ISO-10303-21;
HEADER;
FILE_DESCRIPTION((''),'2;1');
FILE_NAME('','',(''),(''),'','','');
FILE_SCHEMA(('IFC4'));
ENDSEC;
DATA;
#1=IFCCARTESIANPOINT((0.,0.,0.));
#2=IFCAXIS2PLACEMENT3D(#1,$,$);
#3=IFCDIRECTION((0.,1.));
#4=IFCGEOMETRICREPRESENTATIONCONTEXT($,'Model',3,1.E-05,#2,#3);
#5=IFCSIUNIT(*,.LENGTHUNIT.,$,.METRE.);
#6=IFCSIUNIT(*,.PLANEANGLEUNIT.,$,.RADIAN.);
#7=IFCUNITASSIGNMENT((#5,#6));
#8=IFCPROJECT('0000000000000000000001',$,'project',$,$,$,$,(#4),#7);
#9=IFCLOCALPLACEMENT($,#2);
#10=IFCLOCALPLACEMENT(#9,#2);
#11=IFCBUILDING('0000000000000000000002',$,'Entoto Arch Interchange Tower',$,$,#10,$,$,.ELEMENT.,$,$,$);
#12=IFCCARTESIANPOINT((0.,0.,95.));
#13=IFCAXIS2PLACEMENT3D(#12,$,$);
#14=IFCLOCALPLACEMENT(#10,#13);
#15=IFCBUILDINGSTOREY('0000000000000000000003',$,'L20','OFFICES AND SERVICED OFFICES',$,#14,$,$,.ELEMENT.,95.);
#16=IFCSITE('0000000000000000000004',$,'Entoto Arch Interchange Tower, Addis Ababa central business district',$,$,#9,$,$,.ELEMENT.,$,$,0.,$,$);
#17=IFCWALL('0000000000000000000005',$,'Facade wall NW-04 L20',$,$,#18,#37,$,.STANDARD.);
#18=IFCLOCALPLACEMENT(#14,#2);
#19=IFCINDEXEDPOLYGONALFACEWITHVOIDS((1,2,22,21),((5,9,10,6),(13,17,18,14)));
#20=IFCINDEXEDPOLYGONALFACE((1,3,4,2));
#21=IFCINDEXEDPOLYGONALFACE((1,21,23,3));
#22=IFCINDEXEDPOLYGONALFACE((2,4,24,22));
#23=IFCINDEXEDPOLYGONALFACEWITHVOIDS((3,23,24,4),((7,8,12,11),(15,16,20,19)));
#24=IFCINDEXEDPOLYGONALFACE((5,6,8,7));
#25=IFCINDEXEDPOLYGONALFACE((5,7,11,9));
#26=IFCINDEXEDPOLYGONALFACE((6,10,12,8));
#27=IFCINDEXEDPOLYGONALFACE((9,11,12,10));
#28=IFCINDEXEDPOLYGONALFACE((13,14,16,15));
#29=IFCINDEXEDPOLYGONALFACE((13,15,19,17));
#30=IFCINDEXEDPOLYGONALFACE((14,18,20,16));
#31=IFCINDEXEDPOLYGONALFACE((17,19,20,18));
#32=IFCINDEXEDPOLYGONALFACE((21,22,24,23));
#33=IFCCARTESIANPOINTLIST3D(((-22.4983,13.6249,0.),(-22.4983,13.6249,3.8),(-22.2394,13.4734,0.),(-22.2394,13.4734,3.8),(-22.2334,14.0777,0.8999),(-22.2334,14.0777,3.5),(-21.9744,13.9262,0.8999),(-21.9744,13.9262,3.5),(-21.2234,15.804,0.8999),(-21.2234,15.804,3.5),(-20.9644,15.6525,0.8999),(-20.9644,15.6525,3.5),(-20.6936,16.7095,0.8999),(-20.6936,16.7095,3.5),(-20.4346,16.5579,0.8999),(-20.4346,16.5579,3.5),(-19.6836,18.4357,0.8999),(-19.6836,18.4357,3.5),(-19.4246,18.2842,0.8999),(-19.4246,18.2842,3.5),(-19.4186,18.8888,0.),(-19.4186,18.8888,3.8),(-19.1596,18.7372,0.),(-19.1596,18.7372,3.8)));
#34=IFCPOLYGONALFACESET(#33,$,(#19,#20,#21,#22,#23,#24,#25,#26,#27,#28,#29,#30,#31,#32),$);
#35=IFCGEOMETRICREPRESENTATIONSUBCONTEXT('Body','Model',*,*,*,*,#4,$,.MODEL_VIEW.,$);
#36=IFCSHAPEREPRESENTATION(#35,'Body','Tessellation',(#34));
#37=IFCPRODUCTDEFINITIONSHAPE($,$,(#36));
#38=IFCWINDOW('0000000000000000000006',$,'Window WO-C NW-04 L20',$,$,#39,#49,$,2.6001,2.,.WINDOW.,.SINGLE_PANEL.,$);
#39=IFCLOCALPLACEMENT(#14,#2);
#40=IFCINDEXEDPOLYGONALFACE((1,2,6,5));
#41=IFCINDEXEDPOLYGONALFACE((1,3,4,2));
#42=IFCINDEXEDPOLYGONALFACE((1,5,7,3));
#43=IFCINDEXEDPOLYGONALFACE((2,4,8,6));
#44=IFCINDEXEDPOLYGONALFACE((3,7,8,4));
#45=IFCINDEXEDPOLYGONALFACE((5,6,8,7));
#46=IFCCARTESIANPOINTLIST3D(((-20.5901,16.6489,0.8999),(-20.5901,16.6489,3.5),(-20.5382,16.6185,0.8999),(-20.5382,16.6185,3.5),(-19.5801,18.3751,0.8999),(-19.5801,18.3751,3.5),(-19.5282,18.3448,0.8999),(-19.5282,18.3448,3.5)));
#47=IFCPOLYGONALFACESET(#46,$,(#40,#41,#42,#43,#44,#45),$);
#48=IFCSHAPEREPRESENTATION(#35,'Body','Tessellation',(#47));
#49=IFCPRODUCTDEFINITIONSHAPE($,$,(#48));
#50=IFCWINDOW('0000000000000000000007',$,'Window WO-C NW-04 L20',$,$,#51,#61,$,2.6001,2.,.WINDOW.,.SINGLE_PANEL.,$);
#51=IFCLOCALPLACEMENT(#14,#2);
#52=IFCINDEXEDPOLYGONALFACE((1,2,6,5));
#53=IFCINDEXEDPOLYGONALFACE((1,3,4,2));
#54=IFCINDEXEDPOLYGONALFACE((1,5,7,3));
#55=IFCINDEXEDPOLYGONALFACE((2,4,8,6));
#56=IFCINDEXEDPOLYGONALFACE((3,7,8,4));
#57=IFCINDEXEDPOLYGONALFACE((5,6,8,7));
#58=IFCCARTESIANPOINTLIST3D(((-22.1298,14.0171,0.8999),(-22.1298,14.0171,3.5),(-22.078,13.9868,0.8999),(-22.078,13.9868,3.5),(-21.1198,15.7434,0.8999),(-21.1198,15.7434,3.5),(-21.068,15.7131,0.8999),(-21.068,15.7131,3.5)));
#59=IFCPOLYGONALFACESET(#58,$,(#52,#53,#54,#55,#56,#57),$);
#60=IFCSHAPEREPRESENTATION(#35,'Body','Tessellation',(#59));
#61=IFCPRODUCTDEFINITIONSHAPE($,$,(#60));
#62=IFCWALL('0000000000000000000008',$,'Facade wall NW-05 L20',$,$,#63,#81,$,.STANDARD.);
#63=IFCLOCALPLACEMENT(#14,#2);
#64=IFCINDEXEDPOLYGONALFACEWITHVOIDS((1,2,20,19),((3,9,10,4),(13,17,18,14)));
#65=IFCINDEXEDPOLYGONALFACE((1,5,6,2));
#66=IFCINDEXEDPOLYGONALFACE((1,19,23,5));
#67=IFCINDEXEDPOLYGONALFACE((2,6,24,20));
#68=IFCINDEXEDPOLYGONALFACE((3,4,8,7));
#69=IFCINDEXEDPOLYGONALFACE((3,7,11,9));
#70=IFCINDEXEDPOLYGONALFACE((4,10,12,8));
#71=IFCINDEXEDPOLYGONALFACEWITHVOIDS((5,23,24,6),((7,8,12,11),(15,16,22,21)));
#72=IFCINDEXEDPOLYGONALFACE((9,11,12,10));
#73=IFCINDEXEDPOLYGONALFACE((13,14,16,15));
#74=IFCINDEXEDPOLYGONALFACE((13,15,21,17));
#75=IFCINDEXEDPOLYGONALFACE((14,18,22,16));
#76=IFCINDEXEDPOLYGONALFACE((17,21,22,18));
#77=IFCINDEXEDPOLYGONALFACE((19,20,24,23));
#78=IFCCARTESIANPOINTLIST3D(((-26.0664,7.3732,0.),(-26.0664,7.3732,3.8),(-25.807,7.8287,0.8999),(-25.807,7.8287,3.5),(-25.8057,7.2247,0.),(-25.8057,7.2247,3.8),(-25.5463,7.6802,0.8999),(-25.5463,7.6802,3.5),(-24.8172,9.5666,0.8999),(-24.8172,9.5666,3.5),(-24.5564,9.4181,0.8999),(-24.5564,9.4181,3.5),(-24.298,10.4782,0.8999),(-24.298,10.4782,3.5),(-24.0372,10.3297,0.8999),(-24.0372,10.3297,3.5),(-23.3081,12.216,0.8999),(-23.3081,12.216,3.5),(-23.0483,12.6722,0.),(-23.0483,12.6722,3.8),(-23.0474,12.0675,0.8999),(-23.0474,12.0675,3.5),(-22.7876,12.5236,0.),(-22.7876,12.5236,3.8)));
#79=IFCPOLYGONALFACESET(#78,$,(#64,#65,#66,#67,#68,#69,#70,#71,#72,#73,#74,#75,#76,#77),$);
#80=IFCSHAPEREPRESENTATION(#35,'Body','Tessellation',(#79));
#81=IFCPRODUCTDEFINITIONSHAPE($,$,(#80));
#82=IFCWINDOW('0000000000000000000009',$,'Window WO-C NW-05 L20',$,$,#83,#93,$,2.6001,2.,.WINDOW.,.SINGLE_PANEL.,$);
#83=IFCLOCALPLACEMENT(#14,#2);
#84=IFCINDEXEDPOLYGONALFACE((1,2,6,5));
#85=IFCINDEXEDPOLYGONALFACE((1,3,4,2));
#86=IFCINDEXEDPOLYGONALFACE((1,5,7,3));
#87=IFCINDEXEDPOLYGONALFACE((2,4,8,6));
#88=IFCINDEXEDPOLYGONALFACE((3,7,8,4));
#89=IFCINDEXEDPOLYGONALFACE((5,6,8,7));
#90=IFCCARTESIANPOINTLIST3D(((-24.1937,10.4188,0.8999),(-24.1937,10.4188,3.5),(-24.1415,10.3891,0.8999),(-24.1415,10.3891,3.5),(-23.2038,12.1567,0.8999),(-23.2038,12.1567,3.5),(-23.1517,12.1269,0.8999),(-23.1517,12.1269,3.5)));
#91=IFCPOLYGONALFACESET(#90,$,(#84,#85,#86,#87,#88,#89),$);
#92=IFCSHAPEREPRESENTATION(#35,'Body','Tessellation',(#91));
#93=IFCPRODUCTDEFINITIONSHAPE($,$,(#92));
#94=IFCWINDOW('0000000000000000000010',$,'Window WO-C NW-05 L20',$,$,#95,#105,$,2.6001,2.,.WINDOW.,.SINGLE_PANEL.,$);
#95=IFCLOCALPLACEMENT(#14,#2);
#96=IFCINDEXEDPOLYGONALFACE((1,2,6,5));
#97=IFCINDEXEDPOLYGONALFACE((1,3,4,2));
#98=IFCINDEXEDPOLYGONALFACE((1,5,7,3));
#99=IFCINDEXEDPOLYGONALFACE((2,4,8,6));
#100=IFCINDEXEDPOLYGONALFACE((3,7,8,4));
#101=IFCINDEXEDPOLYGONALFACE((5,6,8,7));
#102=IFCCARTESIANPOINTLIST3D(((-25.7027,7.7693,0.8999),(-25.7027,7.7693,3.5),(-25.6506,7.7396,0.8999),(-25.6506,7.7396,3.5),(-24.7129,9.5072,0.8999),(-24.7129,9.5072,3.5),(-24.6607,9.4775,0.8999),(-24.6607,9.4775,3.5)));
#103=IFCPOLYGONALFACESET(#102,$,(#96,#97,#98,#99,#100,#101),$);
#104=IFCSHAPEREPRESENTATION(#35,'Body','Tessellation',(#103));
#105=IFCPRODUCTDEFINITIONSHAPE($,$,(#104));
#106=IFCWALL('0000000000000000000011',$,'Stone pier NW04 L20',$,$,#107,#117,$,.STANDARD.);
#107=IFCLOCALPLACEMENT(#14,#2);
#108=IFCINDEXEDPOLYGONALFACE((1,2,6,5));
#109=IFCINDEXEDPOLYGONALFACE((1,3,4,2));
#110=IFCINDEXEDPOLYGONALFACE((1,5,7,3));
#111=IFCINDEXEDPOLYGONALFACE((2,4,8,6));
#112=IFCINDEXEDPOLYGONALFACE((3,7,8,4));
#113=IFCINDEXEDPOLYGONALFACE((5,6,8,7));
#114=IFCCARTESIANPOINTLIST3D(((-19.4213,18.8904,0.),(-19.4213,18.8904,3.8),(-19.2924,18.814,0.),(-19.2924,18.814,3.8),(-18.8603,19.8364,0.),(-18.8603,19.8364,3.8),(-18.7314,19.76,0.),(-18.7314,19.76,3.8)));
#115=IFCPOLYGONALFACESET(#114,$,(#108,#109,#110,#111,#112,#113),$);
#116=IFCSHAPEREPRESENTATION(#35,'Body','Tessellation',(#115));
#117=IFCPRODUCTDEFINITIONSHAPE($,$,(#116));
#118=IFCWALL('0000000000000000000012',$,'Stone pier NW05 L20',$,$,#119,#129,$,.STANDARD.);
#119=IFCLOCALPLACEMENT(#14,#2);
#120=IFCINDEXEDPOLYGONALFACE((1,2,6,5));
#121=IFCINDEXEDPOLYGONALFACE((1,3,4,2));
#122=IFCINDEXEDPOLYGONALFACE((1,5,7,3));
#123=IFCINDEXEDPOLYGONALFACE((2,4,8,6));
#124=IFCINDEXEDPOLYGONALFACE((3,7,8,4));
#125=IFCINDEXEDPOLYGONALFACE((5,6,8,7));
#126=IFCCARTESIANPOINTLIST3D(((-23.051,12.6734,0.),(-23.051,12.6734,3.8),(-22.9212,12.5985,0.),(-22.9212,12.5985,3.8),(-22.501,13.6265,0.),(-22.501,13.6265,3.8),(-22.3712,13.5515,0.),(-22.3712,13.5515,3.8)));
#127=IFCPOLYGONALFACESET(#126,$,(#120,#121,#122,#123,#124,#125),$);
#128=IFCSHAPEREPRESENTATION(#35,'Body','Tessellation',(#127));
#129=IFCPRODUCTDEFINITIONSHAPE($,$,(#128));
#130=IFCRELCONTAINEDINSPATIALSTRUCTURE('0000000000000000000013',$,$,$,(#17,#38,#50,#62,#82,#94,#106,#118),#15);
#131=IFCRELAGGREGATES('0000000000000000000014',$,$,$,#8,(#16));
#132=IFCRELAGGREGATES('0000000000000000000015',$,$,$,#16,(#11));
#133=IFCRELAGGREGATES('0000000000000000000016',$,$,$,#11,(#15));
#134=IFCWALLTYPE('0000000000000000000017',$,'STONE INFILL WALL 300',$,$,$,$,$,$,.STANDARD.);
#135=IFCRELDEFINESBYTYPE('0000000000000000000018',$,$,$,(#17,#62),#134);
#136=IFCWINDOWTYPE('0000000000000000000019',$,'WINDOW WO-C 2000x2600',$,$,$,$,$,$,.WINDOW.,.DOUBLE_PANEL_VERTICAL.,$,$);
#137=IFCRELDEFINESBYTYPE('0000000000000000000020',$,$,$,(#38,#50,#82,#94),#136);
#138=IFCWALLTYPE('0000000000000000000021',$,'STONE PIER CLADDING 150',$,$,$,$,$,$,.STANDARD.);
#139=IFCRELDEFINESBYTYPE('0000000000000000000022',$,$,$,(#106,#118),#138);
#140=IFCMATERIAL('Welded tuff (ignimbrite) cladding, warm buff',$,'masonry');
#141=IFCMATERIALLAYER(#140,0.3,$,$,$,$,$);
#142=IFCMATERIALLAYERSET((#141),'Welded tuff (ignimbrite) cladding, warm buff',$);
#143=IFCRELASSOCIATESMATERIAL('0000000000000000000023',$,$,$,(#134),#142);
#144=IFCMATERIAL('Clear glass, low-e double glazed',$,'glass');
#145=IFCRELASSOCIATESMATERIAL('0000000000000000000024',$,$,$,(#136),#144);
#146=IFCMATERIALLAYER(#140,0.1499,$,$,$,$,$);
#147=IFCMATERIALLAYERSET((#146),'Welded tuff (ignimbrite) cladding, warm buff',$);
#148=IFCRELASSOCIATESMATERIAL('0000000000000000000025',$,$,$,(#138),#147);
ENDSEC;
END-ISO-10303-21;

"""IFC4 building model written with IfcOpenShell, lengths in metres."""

from ifc_helpers import new_model, si_unit, direction, frame, frame_2d, origin, place, context, subcontext, project, spatial, rectangle, extrude, material, layer, layer_set, type_object, element, fill, save


model = new_model("IFC4")

# Units and contexts
model_context = context("Model", 3, precision=1e-05, world=origin(), true_north=direction((0.0, 1.0)))
body_context = subcontext(model_context, "Body", "Model", "MODEL_VIEW")
ifc_project = project(units=[si_unit("LENGTHUNIT", "METRE"), si_unit("PLANEANGLEUNIT", "RADIAN")], contexts=[model_context])

# Site, building, storey
site_placement = place(None, origin())
site = spatial("IfcSite", under=ifc_project, at=site_placement, Name="Entoto Arch Interchange Tower, Addis Ababa central business district", CompositionType="ELEMENT", RefElevation=0.0)
building_placement = place(site_placement, origin())
building = spatial("IfcBuilding", under=site, at=building_placement, Name="Entoto Arch Interchange Tower", CompositionType="ELEMENT")
storey_placement = place(building_placement, frame((0.0, 0.0, 95.0)))
storey = spatial("IfcBuildingStorey", under=building, at=storey_placement, Name="L20", Description="OFFICES AND SERVICED OFFICES", CompositionType="ELEMENT", Elevation=95.0)

# Shared definitions
ifc_material_1 = material(Name="Welded tuff (ignimbrite) cladding, warm buff", Category="masonry")
ifc_layer_1 = layer(ifc_material_1, 0.3)
ifc_layer_set_1 = layer_set([ifc_layer_1], Name="Welded tuff (ignimbrite) cladding, warm buff")
wall_type_1 = type_object("IfcWallType", Name="STONE INFILL WALL 300", PredefinedType="STANDARD", material=ifc_layer_set_1)
ifc_material_2 = material(Name="Clear glass, low-e double glazed", Category="glass")
window_type = type_object("IfcWindowType", Name="WINDOW WO-C 2000x2600", PartitioningType="DOUBLE_PANEL_VERTICAL", PredefinedType="WINDOW", material=ifc_material_2)

# Walls, openings, windows
wall_1_placement = place(storey_placement, frame((-19.2891, 18.813, 0.0), z_axis=(0.0, 0.0, 1.0), x_axis=(-0.504998, -0.86312, 0.0)))
wall_1 = element("IfcWall", 1, at=wall_1_placement, inside=storey, type_object=wall_type_1, Name="Facade wall NW-04 L20", PredefinedType="STANDARD", context=body_context, shape_type="SweptSolid", body=[
    extrude(rectangle(XDim=6.0986, YDim=0.3, at=frame_2d((3.0493, 0.0))), origin(), (0.0, 0.0, 1.0), 3.8),
])
opening_1_placement = place(wall_1_placement, frame((0.5249, 0.0, 0.8999)))
opening_1 = element("IfcOpeningElement", 2, at=opening_1_placement, cuts=wall_1, PredefinedType="OPENING", context=body_context, shape_type="SweptSolid", body=[
    extrude(rectangle(XDim=2.0, YDim=2.6001, at=frame_2d((1.0, 1.3))), frame((0.0, 0.1602, 0.0), z_axis=(0.0, -1.0, 0.0), x_axis=(1.0, 0.0, 0.0)), (0.0, 0.0, 1.0), 0.3201),
])
opening_2_placement = place(wall_1_placement, frame((3.574, 0.0, 0.8999)))
opening_2 = element("IfcOpeningElement", 3, at=opening_2_placement, cuts=wall_1, PredefinedType="OPENING", context=body_context, shape_type="SweptSolid", body=[
    extrude(rectangle(XDim=2.0, YDim=2.6001, at=frame_2d((1.0, 1.3))), frame((0.0, 0.1602, 0.0), z_axis=(0.0, -1.0, 0.0), x_axis=(1.0, 0.0, 0.0)), (0.0, 0.0, 1.0), 0.3201),
])
window_1_placement = place(opening_1_placement, origin())
window_1 = element("IfcWindow", 4, at=window_1_placement, inside=storey, type_object=window_type, Name="Window WO-C NW-04 L20", OverallHeight=2.6001, OverallWidth=2.0, PartitioningType="SINGLE_PANEL", PredefinedType="WINDOW", context=body_context, shape_type="SweptSolid", body=[
    extrude(rectangle(XDim=2.0, YDim=2.6001, at=frame_2d((1.0, 1.3))), frame((0.0, 0.03, 0.0), z_axis=(0.0, -1.0, 0.0), x_axis=(1.0, 0.0, 0.0)), (0.0, 0.0, 1.0), 0.0601),
])
fill(opening_1, window_1)
window_2_placement = place(opening_2_placement, origin())
window_2 = element("IfcWindow", 5, at=window_2_placement, inside=storey, type_object=window_type, Name="Window WO-C NW-04 L20", OverallHeight=2.6001, OverallWidth=2.0, PartitioningType="SINGLE_PANEL", PredefinedType="WINDOW", context=body_context, shape_type="SweptSolid", body=[
    extrude(rectangle(XDim=2.0, YDim=2.6001, at=frame_2d((1.0, 1.3))), frame((0.0, 0.03, 0.0), z_axis=(0.0, -1.0, 0.0), x_axis=(1.0, 0.0, 0.0)), (0.0, 0.0, 1.0), 0.0601),
])
fill(opening_2, window_2)
wall_2_placement = place(storey_placement, frame((-22.918, 12.5979, 0.0), z_axis=(0.0, 0.0, 1.0), x_axis=(-0.494923, -0.868937, 0.0)))
wall_2 = element("IfcWall", 6, at=wall_2_placement, inside=storey, type_object=wall_type_1, Name="Facade wall NW-05 L20", PredefinedType="STANDARD", context=body_context, shape_type="SweptSolid", body=[
    extrude(rectangle(XDim=6.0981, YDim=0.3, at=frame_2d((3.0491, 0.0))), origin(), (0.0, 0.0, 1.0), 3.8),
])
opening_3_placement = place(wall_2_placement, frame((0.5249, 0.0, 0.8999)))
opening_3 = element("IfcOpeningElement", 7, at=opening_3_placement, cuts=wall_2, PredefinedType="OPENING", context=body_context, shape_type="SweptSolid", body=[
    extrude(rectangle(XDim=2.0, YDim=2.6001, at=frame_2d((1.0, 1.3))), frame((0.0, 0.1602, 0.0), z_axis=(0.0, -1.0, 0.0), x_axis=(1.0, 0.0, 0.0)), (0.0, 0.0, 1.0), 0.3201),
])
opening_4_placement = place(wall_2_placement, frame((3.574, 0.0, 0.8999)))
opening_4 = element("IfcOpeningElement", 8, at=opening_4_placement, cuts=wall_2, PredefinedType="OPENING", context=body_context, shape_type="SweptSolid", body=[
    extrude(rectangle(XDim=2.0, YDim=2.6001, at=frame_2d((1.0, 1.3))), frame((0.0, 0.1602, 0.0), z_axis=(0.0, -1.0, 0.0), x_axis=(1.0, 0.0, 0.0)), (0.0, 0.0, 1.0), 0.3201),
])
window_3_placement = place(opening_3_placement, origin())
window_3 = element("IfcWindow", 9, at=window_3_placement, inside=storey, type_object=window_type, Name="Window WO-C NW-05 L20", OverallHeight=2.6001, OverallWidth=2.0, PartitioningType="SINGLE_PANEL", PredefinedType="WINDOW", context=body_context, shape_type="SweptSolid", body=[
    extrude(rectangle(XDim=2.0, YDim=2.6001, at=frame_2d((1.0, 1.3))), frame((0.0, 0.03, 0.0), z_axis=(0.0, -1.0, 0.0), x_axis=(1.0, 0.0, 0.0)), (0.0, 0.0, 1.0), 0.0601),
])
fill(opening_3, window_3)
window_4_placement = place(opening_4_placement, origin())
window_4 = element("IfcWindow", 10, at=window_4_placement, inside=storey, type_object=window_type, Name="Window WO-C NW-05 L20", OverallHeight=2.6001, OverallWidth=2.0, PartitioningType="SINGLE_PANEL", PredefinedType="WINDOW", context=body_context, shape_type="SweptSolid", body=[
    extrude(rectangle(XDim=2.0, YDim=2.6001, at=frame_2d((1.0, 1.3))), frame((0.0, 0.03, 0.0), z_axis=(0.0, -1.0, 0.0), x_axis=(1.0, 0.0, 0.0)), (0.0, 0.0, 1.0), 0.0601),
])
fill(opening_4, window_4)

# Walls
ifc_layer_2 = layer(ifc_material_1, 0.1499)
ifc_layer_set_2 = layer_set([ifc_layer_2], Name="Welded tuff (ignimbrite) cladding, warm buff")
wall_type_2 = type_object("IfcWallType", Name="STONE PIER CLADDING 150", PredefinedType="STANDARD", material=ifc_layer_set_2)
wall_3_placement = place(storey_placement, frame((-18.7959, 19.7981, 0.0), z_axis=(0.0, 0.0, 1.0), x_axis=(-0.510082, -0.860126, 0.0)))
element("IfcWall", 11, at=wall_3_placement, inside=storey, type_object=wall_type_2, Name="Stone pier NW04 L20", PredefinedType="STANDARD", context=body_context, shape_type="SweptSolid", body=[
    extrude(rectangle(XDim=1.0999, YDim=0.1499, at=frame_2d((0.5498, 0.0))), origin(), (0.0, 0.0, 1.0), 3.8),
])
wall_4_placement = place(storey_placement, frame((-22.436, 13.5891, 0.0), z_axis=(0.0, 0.0, 1.0), x_axis=(-0.499838, -0.866119, 0.0)))
element("IfcWall", 12, at=wall_4_placement, inside=storey, type_object=wall_type_2, Name="Stone pier NW05 L20", PredefinedType="STANDARD", context=body_context, shape_type="SweptSolid", body=[
    extrude(rectangle(XDim=1.1003, YDim=0.1499, at=frame_2d((0.5503, 0.0))), origin(), (0.0, 0.0, 1.0), 3.8),
])

save(model, "model.ifc")
